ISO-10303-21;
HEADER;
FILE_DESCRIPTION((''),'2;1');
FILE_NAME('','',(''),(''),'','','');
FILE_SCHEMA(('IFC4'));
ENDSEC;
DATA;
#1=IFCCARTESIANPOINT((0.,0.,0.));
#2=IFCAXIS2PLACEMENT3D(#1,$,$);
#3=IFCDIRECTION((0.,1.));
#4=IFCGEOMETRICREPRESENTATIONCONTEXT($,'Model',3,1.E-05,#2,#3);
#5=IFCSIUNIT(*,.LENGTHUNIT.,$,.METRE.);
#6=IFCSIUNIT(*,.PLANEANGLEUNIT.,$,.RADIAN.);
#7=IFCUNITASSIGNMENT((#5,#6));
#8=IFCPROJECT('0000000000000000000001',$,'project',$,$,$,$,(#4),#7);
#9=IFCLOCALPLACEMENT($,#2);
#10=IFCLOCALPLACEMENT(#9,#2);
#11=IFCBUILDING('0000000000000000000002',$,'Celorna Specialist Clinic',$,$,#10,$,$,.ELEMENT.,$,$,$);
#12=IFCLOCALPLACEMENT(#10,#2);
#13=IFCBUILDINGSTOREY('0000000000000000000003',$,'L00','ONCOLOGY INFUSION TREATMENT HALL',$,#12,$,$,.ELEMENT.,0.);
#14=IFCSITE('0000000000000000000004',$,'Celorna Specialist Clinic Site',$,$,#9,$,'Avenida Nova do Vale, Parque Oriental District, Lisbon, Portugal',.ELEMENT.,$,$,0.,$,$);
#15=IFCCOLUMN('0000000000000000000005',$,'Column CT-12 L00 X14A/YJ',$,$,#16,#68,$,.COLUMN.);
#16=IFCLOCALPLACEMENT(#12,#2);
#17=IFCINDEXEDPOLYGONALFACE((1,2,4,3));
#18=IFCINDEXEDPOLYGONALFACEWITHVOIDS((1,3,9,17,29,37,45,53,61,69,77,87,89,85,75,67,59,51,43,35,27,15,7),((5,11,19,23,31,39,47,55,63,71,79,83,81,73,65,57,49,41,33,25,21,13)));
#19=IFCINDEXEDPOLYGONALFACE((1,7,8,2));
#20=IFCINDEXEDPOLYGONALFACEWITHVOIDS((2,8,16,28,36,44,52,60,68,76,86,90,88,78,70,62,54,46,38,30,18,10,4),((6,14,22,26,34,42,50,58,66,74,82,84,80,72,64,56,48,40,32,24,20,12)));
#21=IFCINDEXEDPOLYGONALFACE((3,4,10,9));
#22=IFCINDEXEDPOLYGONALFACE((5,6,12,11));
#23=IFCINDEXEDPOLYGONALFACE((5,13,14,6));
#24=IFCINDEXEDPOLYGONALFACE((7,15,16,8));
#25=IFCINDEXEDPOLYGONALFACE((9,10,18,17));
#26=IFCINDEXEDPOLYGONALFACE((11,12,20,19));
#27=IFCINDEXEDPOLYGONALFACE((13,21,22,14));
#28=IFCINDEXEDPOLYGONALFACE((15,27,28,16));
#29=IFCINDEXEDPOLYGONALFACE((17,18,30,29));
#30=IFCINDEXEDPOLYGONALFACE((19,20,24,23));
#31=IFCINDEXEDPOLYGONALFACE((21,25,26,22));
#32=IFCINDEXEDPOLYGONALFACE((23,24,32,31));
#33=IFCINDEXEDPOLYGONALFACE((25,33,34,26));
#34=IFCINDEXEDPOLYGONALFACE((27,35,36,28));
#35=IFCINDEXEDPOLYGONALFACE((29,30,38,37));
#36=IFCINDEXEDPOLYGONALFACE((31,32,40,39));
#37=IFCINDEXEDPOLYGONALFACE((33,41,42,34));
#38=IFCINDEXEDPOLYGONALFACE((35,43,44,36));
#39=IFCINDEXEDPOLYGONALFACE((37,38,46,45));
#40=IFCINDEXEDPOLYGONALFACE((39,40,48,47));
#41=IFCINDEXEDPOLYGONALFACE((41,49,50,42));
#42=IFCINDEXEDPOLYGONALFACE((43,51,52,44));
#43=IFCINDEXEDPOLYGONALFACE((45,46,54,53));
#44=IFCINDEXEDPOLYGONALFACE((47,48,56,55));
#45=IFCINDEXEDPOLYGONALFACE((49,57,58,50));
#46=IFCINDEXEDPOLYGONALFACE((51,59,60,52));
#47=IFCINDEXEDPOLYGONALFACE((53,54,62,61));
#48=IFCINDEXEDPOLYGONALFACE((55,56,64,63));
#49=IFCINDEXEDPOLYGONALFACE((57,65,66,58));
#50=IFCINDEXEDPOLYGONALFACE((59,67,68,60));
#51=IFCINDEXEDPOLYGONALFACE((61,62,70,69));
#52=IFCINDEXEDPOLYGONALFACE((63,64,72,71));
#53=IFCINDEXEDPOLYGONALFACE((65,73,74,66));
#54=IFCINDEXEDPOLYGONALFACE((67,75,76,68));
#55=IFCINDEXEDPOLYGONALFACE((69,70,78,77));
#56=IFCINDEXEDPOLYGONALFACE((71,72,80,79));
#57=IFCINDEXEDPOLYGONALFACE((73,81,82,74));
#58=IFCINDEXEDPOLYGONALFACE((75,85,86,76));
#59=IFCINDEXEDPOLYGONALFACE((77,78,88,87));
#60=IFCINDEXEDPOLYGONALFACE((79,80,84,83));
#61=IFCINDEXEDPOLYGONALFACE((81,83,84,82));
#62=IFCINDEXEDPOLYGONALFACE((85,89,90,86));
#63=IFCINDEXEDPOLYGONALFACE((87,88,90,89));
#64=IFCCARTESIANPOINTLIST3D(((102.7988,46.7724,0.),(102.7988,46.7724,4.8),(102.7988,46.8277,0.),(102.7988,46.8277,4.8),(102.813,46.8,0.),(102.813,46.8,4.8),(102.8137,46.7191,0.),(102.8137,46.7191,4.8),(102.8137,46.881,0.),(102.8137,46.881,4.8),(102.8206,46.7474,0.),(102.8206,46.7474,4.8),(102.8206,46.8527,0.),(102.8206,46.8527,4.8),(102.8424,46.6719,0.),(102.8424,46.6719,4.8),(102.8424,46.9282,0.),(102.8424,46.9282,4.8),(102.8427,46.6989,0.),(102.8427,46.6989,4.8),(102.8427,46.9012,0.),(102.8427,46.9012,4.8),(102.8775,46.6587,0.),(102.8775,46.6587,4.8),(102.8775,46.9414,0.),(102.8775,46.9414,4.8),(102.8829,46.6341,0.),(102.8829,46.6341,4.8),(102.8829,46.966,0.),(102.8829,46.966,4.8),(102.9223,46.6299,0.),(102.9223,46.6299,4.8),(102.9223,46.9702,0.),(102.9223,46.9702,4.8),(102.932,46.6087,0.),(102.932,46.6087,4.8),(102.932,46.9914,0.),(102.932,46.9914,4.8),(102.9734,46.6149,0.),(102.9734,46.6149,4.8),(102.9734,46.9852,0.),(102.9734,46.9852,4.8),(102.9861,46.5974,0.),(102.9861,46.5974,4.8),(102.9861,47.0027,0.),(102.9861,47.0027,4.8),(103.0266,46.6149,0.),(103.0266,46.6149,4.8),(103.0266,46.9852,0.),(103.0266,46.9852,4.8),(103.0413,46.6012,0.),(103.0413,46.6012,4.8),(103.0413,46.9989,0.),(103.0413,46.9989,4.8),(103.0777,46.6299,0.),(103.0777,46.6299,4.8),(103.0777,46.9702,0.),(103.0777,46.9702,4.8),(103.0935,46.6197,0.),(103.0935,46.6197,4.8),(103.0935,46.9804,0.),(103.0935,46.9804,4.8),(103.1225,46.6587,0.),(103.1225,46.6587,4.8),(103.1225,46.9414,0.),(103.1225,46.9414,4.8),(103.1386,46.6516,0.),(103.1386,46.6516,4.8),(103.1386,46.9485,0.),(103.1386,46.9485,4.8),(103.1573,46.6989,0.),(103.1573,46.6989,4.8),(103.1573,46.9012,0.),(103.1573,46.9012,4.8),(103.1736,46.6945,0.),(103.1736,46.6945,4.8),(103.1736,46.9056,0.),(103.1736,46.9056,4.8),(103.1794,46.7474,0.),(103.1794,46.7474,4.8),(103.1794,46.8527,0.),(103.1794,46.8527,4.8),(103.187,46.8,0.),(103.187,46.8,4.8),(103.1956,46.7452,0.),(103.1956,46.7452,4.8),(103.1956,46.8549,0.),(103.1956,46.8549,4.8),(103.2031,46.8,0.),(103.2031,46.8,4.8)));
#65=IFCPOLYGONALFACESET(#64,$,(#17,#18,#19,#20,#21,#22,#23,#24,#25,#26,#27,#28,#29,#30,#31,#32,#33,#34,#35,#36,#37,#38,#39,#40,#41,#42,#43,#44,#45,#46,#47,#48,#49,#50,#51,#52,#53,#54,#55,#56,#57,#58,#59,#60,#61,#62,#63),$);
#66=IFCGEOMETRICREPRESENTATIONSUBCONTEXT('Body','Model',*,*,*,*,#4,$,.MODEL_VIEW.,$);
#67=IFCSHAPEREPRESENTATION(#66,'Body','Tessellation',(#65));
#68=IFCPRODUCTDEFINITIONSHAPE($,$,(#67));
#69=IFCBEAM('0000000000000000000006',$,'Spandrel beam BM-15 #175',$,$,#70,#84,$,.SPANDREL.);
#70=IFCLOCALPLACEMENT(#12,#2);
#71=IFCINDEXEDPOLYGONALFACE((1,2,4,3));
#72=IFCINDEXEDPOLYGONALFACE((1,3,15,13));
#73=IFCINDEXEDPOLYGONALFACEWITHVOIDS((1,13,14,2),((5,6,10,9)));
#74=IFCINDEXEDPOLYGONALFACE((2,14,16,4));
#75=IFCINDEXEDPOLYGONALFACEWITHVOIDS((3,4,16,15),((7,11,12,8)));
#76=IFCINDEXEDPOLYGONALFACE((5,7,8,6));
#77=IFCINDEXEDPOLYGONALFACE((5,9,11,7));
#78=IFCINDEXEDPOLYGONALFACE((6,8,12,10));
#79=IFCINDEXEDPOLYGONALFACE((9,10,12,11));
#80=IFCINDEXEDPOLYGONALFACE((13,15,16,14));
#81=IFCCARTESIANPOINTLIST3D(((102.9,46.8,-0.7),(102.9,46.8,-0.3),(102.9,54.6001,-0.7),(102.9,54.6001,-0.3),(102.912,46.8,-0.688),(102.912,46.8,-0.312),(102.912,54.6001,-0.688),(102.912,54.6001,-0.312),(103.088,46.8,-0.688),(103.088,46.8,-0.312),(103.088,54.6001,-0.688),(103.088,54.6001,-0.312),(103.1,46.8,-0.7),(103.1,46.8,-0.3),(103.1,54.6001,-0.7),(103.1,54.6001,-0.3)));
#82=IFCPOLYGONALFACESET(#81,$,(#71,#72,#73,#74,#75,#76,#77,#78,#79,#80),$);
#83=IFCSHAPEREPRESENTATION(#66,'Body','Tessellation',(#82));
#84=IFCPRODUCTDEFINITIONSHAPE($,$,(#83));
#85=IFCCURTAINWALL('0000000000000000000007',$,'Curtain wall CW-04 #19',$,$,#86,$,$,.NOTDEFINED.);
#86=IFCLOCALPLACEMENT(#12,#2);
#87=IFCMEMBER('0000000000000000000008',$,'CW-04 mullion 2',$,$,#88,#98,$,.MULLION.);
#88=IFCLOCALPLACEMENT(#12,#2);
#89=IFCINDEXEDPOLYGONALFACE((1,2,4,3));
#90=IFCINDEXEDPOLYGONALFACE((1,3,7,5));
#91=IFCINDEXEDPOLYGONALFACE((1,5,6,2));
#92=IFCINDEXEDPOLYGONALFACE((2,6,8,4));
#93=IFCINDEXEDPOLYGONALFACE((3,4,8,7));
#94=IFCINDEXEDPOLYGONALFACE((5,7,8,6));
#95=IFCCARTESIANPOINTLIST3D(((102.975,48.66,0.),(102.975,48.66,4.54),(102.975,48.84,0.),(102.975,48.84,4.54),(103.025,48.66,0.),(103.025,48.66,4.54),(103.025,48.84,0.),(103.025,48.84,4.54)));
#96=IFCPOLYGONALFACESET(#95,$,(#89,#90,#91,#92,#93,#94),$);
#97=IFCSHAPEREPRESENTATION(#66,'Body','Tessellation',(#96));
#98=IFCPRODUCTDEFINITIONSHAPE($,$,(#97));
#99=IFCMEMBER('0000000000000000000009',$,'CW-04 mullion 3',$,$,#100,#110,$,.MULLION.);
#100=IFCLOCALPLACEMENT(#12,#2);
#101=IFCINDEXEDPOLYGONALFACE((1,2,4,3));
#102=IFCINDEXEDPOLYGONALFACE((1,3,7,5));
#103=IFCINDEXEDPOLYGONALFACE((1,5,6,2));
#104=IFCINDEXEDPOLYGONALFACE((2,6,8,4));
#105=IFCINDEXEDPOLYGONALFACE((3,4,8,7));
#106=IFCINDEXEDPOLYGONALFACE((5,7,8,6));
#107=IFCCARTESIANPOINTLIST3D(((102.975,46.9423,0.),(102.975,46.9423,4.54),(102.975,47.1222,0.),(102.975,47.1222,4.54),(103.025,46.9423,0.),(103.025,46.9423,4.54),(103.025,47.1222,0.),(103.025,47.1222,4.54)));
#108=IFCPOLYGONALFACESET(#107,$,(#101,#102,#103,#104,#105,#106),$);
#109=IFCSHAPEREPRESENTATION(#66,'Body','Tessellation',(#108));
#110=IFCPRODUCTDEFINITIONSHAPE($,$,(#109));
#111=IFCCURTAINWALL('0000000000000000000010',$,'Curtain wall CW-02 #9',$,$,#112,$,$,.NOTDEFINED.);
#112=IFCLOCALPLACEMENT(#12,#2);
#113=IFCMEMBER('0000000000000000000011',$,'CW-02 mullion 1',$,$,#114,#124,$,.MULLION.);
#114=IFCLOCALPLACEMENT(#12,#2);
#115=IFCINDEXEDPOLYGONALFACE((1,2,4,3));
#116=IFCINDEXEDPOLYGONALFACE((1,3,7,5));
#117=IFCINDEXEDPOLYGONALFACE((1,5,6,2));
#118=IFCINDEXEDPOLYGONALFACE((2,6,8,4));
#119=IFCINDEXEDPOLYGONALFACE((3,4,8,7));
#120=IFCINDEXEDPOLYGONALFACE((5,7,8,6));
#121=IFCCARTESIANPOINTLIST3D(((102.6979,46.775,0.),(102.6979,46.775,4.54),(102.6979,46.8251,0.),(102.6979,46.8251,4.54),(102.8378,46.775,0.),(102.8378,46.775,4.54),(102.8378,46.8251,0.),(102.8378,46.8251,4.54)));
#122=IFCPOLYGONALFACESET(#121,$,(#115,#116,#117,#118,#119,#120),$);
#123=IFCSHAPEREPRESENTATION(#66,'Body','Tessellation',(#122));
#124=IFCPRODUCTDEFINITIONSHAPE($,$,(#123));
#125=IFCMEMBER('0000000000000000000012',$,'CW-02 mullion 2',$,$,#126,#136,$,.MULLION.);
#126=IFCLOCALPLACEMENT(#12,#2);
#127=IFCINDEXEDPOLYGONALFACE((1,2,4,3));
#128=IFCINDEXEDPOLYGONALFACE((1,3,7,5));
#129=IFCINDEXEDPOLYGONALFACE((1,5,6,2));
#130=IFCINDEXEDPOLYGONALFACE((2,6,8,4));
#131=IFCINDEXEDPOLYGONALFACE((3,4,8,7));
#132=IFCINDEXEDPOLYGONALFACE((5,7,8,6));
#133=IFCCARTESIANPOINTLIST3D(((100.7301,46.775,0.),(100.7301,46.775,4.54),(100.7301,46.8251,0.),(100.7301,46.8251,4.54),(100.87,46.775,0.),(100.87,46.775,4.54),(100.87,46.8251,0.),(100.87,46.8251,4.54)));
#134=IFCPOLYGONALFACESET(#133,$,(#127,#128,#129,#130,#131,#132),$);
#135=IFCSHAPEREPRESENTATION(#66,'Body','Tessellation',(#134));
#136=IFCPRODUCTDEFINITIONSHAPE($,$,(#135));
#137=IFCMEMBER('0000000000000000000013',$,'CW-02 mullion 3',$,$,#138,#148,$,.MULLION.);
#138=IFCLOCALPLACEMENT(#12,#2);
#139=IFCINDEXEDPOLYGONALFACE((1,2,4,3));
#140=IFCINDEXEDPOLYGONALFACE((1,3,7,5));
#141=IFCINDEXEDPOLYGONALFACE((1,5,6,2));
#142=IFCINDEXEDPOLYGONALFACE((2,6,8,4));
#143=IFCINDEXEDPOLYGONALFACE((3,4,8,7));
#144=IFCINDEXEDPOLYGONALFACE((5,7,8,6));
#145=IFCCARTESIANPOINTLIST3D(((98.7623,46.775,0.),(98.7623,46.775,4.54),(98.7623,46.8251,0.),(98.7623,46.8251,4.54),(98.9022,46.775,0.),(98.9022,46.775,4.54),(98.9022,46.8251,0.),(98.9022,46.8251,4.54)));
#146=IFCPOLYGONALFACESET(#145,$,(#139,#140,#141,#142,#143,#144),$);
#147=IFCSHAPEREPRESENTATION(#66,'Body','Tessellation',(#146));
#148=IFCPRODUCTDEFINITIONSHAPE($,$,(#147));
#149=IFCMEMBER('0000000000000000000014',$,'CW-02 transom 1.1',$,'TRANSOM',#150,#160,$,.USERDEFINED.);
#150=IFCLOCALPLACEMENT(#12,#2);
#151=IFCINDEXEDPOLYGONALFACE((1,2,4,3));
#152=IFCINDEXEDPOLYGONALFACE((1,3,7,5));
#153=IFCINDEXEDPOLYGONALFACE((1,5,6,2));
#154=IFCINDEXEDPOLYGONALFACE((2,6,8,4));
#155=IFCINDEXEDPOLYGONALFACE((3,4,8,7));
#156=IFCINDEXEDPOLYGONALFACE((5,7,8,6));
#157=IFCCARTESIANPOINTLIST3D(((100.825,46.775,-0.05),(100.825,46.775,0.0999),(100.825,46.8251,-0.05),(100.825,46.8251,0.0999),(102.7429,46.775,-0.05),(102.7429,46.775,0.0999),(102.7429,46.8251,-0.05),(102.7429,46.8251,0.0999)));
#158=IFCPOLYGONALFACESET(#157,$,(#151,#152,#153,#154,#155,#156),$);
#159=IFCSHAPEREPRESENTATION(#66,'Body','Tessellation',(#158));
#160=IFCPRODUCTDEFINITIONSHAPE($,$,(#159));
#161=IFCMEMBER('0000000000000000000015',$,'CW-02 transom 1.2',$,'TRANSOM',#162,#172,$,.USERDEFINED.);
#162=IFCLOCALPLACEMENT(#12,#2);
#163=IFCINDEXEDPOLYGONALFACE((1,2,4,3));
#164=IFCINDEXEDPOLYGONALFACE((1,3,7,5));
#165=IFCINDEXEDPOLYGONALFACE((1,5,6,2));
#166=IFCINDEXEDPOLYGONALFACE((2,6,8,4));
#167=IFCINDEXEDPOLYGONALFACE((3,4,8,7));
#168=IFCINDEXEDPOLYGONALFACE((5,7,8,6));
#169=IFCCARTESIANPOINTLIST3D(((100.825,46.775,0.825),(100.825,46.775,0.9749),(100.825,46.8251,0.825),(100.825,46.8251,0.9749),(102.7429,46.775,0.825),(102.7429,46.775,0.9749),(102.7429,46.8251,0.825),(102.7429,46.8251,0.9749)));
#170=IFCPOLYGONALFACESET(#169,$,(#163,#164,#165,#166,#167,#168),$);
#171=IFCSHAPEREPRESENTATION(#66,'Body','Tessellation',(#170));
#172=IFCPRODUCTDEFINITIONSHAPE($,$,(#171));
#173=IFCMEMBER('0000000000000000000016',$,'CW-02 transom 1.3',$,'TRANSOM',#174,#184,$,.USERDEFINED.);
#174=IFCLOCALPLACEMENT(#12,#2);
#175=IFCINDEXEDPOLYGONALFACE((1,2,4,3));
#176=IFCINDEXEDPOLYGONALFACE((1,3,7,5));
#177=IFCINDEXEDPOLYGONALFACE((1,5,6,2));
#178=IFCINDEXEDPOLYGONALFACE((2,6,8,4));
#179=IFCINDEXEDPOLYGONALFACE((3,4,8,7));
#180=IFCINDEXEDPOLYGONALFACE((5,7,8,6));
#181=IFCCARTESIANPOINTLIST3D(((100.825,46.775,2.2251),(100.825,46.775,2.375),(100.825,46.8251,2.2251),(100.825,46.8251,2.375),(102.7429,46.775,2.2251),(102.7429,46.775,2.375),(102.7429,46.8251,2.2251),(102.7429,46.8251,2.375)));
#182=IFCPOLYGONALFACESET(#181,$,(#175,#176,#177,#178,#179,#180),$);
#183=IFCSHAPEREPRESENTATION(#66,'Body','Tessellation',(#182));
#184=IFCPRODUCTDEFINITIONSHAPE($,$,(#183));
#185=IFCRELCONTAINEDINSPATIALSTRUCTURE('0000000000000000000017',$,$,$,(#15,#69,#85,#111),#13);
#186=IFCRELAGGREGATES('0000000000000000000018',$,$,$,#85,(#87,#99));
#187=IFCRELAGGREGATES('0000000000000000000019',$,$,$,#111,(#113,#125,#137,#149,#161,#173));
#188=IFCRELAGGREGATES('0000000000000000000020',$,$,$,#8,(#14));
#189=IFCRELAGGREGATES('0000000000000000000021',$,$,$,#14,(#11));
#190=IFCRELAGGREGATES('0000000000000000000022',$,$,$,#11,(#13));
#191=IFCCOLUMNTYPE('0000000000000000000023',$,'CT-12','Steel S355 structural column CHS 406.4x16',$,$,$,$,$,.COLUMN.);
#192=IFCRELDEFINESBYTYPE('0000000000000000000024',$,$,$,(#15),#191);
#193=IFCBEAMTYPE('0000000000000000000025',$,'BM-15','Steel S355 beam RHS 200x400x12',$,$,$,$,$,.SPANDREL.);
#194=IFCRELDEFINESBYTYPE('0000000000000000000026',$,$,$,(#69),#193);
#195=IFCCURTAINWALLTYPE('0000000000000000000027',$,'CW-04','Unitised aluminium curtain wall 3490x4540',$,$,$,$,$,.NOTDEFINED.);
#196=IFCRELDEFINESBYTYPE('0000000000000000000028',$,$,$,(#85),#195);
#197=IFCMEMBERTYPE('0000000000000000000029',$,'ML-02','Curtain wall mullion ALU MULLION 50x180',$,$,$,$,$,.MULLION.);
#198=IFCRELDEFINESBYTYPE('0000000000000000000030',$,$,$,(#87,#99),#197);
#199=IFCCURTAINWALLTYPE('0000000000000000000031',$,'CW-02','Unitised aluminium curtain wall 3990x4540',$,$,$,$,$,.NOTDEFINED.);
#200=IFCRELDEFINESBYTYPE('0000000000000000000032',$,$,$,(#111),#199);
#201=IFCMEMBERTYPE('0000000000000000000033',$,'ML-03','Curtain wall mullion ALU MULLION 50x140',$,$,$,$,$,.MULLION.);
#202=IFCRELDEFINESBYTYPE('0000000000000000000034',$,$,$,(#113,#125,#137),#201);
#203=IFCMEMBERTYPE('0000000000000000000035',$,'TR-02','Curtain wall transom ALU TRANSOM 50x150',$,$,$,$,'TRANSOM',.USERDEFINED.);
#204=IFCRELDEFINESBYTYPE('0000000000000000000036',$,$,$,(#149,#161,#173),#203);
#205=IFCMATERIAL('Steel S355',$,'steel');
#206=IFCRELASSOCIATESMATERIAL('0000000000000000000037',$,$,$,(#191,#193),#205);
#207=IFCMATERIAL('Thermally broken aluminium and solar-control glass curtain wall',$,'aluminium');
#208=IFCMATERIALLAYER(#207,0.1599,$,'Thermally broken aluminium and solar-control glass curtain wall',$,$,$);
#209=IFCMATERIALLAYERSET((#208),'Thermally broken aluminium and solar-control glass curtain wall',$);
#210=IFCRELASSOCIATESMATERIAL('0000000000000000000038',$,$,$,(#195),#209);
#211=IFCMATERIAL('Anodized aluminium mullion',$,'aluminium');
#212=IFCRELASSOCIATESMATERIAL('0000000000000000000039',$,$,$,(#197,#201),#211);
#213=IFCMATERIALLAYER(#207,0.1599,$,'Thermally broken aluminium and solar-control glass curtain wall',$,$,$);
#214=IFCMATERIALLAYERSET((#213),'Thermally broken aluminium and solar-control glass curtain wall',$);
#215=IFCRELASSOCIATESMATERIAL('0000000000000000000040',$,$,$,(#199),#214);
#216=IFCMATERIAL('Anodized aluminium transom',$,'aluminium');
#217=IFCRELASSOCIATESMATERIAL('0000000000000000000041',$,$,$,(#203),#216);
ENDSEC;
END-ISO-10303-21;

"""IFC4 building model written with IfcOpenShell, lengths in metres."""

from ifc_helpers import new_model, si_unit, direction, frame, origin, origin_2d, place, context, subcontext, project, spatial, rectangle, hollow_rectangle, hollow_circle, extrude, material, layer, layer_set, material_profile, profile_set, type_object, element, aggregate, save


model = new_model("IFC4")

# Units and contexts
model_context = context("Model", 3, precision=1e-05, world=origin(), true_north=direction((0.0, 1.0)))
body_context = subcontext(model_context, "Body", "Model", "MODEL_VIEW")
ifc_project = project(units=[si_unit("LENGTHUNIT", "METRE"), si_unit("PLANEANGLEUNIT", "RADIAN")], contexts=[model_context])

# Site, building, storey
site_placement = place(None, origin())
site = spatial("IfcSite", under=ifc_project, at=site_placement, Name="Celorna Specialist Clinic Site", LongName="Avenida Nova do Vale, Parque Oriental District, Lisbon, Portugal", CompositionType="ELEMENT", RefElevation=0.0)
building_placement = place(site_placement, origin())
building = spatial("IfcBuilding", under=site, at=building_placement, Name="Celorna Specialist Clinic", CompositionType="ELEMENT")
storey_placement = place(building_placement, origin())
storey = spatial("IfcBuildingStorey", under=building, at=storey_placement, Name="L00", Description="ONCOLOGY INFUSION TREATMENT HALL", CompositionType="ELEMENT", Elevation=0.0)

# Column
ifc_material_1 = material(Name="Steel S355", Category="steel")
ifc_material_profile_1 = material_profile(ifc_material_1, hollow_circle(Radius=0.2031, WallThickness=0.0161, at=origin_2d()), Name="CHS 406.4x16")
ifc_profile_set_1 = profile_set([ifc_material_profile_1], Name="Steel S355")
column_type = type_object("IfcColumnType", Name="CT-12", Description="Steel S355 structural column CHS 406.4x16", PredefinedType="COLUMN", material=ifc_profile_set_1)
column_placement = place(storey_placement, frame((103.0, 46.8, 0.0), z_axis=(0.0, 0.0, 1.0), x_axis=(1.0, 0.0, 0.0)))
element("IfcColumn", 1, at=column_placement, inside=storey, type_object=column_type, Name="Column CT-12 L00 X14A/YJ", PredefinedType="COLUMN", context=body_context, shape_type="SweptSolid", body=[
    extrude(hollow_circle(Radius=0.2031, WallThickness=0.0161, at=origin_2d()), origin(), (0.0, 0.0, 1.0), 4.8),
])

# Beam
ifc_material_profile_2 = material_profile(ifc_material_1, hollow_rectangle(XDim=0.2, YDim=0.3999, WallThickness=0.012, at=origin_2d()), Name="RHS 200x400x12")
ifc_profile_set_2 = profile_set([ifc_material_profile_2], Name="Steel S355")
beam_type = type_object("IfcBeamType", Name="BM-15", Description="Steel S355 beam RHS 200x400x12", PredefinedType="SPANDREL", material=ifc_profile_set_2)
beam_placement = place(storey_placement, frame((103.0, 46.8, -0.5), z_axis=(0.0, 1.0, 0.0), x_axis=(-1.0, 0.0, 0.0)))
element("IfcBeam", 2, at=beam_placement, inside=storey, type_object=beam_type, Name="Spandrel beam BM-15 #175", PredefinedType="SPANDREL", context=body_context, shape_type="SweptSolid", body=[
    extrude(hollow_rectangle(XDim=0.2, YDim=0.3999, WallThickness=0.012, at=origin_2d()), origin(), (0.0, 0.0, 1.0), 7.8),
])

# Curtain walls, members
ifc_material_2 = material(Name="Thermally broken aluminium and solar-control glass curtain wall", Category="aluminium")
ifc_layer_1 = layer(ifc_material_2, 0.1599, Name="Thermally broken aluminium and solar-control glass curtain wall")
ifc_layer_set_1 = layer_set([ifc_layer_1], Name="Thermally broken aluminium and solar-control glass curtain wall")
curtain_wall_type_1 = type_object("IfcCurtainWallType", Name="CW-04", Description="Unitised aluminium curtain wall 3490x4540", PredefinedType="NOTDEFINED", material=ifc_layer_set_1)
curtain_wall_1_placement = place(storey_placement, origin())
curtain_wall_1 = element("IfcCurtainWall", 3, at=curtain_wall_1_placement, inside=storey, type_object=curtain_wall_type_1, Name="Curtain wall CW-04 #19", PredefinedType="NOTDEFINED")
ifc_material_3 = material(Name="Anodized aluminium mullion", Category="aluminium")
ifc_material_profile_3 = material_profile(ifc_material_3, rectangle(XDim=0.05, YDim=0.1799, at=origin_2d()), Name="ALU MULLION 50x180")
ifc_profile_set_3 = profile_set([ifc_material_profile_3], Name="Anodized aluminium mullion")
member_type_1 = type_object("IfcMemberType", Name="ML-02", Description="Curtain wall mullion ALU MULLION 50x180", PredefinedType="MULLION", material=ifc_profile_set_3)
member_1_placement = place(storey_placement, frame((103.0, 48.75, 0.0), z_axis=(0.0, 0.0, 1.0), x_axis=(1.0, 0.0, 0.0)))
member_1 = element("IfcMember", 4, at=member_1_placement, type_object=member_type_1, Name="CW-04 mullion 2", PredefinedType="MULLION", context=body_context, shape_type="SweptSolid", body=[
    extrude(rectangle(XDim=0.05, YDim=0.1799, at=origin_2d()), origin(), (0.0, 0.0, 1.0), 4.54),
])
member_2_placement = place(storey_placement, frame((103.0, 47.0322, 0.0), z_axis=(0.0, 0.0, 1.0), x_axis=(1.0, 0.0, 0.0)))
member_2 = element("IfcMember", 5, at=member_2_placement, type_object=member_type_1, Name="CW-04 mullion 3", PredefinedType="MULLION", context=body_context, shape_type="SweptSolid", body=[
    extrude(rectangle(XDim=0.05, YDim=0.1799, at=origin_2d()), origin(), (0.0, 0.0, 1.0), 4.54),
])
ifc_layer_2 = layer(ifc_material_2, 0.1599, Name="Thermally broken aluminium and solar-control glass curtain wall")
ifc_layer_set_2 = layer_set([ifc_layer_2], Name="Thermally broken aluminium and solar-control glass curtain wall")
curtain_wall_type_2 = type_object("IfcCurtainWallType", Name="CW-02", Description="Unitised aluminium curtain wall 3990x4540", PredefinedType="NOTDEFINED", material=ifc_layer_set_2)
curtain_wall_2_placement = place(storey_placement, origin())
curtain_wall_2 = element("IfcCurtainWall", 6, at=curtain_wall_2_placement, inside=storey, type_object=curtain_wall_type_2, Name="Curtain wall CW-02 #9", PredefinedType="NOTDEFINED")
ifc_material_profile_4 = material_profile(ifc_material_3, rectangle(XDim=0.05, YDim=0.1399, at=origin_2d()), Name="ALU MULLION 50x140")
ifc_profile_set_4 = profile_set([ifc_material_profile_4], Name="Anodized aluminium mullion")
member_type_2 = type_object("IfcMemberType", Name="ML-03", Description="Curtain wall mullion ALU MULLION 50x140", PredefinedType="MULLION", material=ifc_profile_set_4)
member_3_placement = place(storey_placement, frame((102.7678, 46.8, 0.0), z_axis=(0.0, 0.0, 1.0), x_axis=(0.0, -1.0, 0.0)))
member_3 = element("IfcMember", 7, at=member_3_placement, type_object=member_type_2, Name="CW-02 mullion 1", PredefinedType="MULLION", context=body_context, shape_type="SweptSolid", body=[
    extrude(rectangle(XDim=0.05, YDim=0.1399, at=origin_2d()), origin(), (0.0, 0.0, 1.0), 4.54),
])
member_4_placement = place(storey_placement, frame((100.8, 46.8, 0.0), z_axis=(0.0, 0.0, 1.0), x_axis=(0.0, -1.0, 0.0)))
member_4 = element("IfcMember", 8, at=member_4_placement, type_object=member_type_2, Name="CW-02 mullion 2", PredefinedType="MULLION", context=body_context, shape_type="SweptSolid", body=[
    extrude(rectangle(XDim=0.05, YDim=0.1399, at=origin_2d()), origin(), (0.0, 0.0, 1.0), 4.54),
])
member_5_placement = place(storey_placement, frame((98.8323, 46.8, 0.0), z_axis=(0.0, 0.0, 1.0), x_axis=(0.0, -1.0, 0.0)))
member_5 = element("IfcMember", 9, at=member_5_placement, type_object=member_type_2, Name="CW-02 mullion 3", PredefinedType="MULLION", context=body_context, shape_type="SweptSolid", body=[
    extrude(rectangle(XDim=0.05, YDim=0.1399, at=origin_2d()), origin(), (0.0, 0.0, 1.0), 4.54),
])
ifc_material_4 = material(Name="Anodized aluminium transom", Category="aluminium")
ifc_material_profile_5 = material_profile(ifc_material_4, rectangle(XDim=0.05, YDim=0.1499, at=origin_2d()), Name="ALU TRANSOM 50x150")
ifc_profile_set_5 = profile_set([ifc_material_profile_5], Name="Anodized aluminium transom")
member_type_3 = type_object("IfcMemberType", Name="TR-02", Description="Curtain wall transom ALU TRANSOM 50x150", ElementType="TRANSOM", PredefinedType="USERDEFINED", material=ifc_profile_set_5)
member_6_placement = place(storey_placement, frame((102.7429, 46.8, 0.0249), z_axis=(-1.0, 0.0, 0.0), x_axis=(0.0, -1.0, 0.0)))
member_6 = element("IfcMember", 10, at=member_6_placement, type_object=member_type_3, Name="CW-02 transom 1.1", ObjectType="TRANSOM", PredefinedType="USERDEFINED", context=body_context, shape_type="SweptSolid", body=[
    extrude(rectangle(XDim=0.05, YDim=0.1499, at=origin_2d()), origin(), (0.0, 0.0, 1.0), 1.918),
])
member_7_placement = place(storey_placement, frame((102.7429, 46.8, 0.8999), z_axis=(-1.0, 0.0, 0.0), x_axis=(0.0, -1.0, 0.0)))
member_7 = element("IfcMember", 11, at=member_7_placement, type_object=member_type_3, Name="CW-02 transom 1.2", ObjectType="TRANSOM", PredefinedType="USERDEFINED", context=body_context, shape_type="SweptSolid", body=[
    extrude(rectangle(XDim=0.05, YDim=0.1499, at=origin_2d()), origin(), (0.0, 0.0, 1.0), 1.918),
])
member_8_placement = place(storey_placement, frame((102.7429, 46.8, 2.3), z_axis=(-1.0, 0.0, 0.0), x_axis=(0.0, -1.0, 0.0)))
member_8 = element("IfcMember", 12, at=member_8_placement, type_object=member_type_3, Name="CW-02 transom 1.3", ObjectType="TRANSOM", PredefinedType="USERDEFINED", context=body_context, shape_type="SweptSolid", body=[
    extrude(rectangle(XDim=0.05, YDim=0.1499, at=origin_2d()), origin(), (0.0, 0.0, 1.0), 1.918),
])

aggregate(curtain_wall_1, [member_1, member_2])
aggregate(curtain_wall_2, [member_3, member_4, member_5, member_6, member_7, member_8])

save(model, "model.ifc")
